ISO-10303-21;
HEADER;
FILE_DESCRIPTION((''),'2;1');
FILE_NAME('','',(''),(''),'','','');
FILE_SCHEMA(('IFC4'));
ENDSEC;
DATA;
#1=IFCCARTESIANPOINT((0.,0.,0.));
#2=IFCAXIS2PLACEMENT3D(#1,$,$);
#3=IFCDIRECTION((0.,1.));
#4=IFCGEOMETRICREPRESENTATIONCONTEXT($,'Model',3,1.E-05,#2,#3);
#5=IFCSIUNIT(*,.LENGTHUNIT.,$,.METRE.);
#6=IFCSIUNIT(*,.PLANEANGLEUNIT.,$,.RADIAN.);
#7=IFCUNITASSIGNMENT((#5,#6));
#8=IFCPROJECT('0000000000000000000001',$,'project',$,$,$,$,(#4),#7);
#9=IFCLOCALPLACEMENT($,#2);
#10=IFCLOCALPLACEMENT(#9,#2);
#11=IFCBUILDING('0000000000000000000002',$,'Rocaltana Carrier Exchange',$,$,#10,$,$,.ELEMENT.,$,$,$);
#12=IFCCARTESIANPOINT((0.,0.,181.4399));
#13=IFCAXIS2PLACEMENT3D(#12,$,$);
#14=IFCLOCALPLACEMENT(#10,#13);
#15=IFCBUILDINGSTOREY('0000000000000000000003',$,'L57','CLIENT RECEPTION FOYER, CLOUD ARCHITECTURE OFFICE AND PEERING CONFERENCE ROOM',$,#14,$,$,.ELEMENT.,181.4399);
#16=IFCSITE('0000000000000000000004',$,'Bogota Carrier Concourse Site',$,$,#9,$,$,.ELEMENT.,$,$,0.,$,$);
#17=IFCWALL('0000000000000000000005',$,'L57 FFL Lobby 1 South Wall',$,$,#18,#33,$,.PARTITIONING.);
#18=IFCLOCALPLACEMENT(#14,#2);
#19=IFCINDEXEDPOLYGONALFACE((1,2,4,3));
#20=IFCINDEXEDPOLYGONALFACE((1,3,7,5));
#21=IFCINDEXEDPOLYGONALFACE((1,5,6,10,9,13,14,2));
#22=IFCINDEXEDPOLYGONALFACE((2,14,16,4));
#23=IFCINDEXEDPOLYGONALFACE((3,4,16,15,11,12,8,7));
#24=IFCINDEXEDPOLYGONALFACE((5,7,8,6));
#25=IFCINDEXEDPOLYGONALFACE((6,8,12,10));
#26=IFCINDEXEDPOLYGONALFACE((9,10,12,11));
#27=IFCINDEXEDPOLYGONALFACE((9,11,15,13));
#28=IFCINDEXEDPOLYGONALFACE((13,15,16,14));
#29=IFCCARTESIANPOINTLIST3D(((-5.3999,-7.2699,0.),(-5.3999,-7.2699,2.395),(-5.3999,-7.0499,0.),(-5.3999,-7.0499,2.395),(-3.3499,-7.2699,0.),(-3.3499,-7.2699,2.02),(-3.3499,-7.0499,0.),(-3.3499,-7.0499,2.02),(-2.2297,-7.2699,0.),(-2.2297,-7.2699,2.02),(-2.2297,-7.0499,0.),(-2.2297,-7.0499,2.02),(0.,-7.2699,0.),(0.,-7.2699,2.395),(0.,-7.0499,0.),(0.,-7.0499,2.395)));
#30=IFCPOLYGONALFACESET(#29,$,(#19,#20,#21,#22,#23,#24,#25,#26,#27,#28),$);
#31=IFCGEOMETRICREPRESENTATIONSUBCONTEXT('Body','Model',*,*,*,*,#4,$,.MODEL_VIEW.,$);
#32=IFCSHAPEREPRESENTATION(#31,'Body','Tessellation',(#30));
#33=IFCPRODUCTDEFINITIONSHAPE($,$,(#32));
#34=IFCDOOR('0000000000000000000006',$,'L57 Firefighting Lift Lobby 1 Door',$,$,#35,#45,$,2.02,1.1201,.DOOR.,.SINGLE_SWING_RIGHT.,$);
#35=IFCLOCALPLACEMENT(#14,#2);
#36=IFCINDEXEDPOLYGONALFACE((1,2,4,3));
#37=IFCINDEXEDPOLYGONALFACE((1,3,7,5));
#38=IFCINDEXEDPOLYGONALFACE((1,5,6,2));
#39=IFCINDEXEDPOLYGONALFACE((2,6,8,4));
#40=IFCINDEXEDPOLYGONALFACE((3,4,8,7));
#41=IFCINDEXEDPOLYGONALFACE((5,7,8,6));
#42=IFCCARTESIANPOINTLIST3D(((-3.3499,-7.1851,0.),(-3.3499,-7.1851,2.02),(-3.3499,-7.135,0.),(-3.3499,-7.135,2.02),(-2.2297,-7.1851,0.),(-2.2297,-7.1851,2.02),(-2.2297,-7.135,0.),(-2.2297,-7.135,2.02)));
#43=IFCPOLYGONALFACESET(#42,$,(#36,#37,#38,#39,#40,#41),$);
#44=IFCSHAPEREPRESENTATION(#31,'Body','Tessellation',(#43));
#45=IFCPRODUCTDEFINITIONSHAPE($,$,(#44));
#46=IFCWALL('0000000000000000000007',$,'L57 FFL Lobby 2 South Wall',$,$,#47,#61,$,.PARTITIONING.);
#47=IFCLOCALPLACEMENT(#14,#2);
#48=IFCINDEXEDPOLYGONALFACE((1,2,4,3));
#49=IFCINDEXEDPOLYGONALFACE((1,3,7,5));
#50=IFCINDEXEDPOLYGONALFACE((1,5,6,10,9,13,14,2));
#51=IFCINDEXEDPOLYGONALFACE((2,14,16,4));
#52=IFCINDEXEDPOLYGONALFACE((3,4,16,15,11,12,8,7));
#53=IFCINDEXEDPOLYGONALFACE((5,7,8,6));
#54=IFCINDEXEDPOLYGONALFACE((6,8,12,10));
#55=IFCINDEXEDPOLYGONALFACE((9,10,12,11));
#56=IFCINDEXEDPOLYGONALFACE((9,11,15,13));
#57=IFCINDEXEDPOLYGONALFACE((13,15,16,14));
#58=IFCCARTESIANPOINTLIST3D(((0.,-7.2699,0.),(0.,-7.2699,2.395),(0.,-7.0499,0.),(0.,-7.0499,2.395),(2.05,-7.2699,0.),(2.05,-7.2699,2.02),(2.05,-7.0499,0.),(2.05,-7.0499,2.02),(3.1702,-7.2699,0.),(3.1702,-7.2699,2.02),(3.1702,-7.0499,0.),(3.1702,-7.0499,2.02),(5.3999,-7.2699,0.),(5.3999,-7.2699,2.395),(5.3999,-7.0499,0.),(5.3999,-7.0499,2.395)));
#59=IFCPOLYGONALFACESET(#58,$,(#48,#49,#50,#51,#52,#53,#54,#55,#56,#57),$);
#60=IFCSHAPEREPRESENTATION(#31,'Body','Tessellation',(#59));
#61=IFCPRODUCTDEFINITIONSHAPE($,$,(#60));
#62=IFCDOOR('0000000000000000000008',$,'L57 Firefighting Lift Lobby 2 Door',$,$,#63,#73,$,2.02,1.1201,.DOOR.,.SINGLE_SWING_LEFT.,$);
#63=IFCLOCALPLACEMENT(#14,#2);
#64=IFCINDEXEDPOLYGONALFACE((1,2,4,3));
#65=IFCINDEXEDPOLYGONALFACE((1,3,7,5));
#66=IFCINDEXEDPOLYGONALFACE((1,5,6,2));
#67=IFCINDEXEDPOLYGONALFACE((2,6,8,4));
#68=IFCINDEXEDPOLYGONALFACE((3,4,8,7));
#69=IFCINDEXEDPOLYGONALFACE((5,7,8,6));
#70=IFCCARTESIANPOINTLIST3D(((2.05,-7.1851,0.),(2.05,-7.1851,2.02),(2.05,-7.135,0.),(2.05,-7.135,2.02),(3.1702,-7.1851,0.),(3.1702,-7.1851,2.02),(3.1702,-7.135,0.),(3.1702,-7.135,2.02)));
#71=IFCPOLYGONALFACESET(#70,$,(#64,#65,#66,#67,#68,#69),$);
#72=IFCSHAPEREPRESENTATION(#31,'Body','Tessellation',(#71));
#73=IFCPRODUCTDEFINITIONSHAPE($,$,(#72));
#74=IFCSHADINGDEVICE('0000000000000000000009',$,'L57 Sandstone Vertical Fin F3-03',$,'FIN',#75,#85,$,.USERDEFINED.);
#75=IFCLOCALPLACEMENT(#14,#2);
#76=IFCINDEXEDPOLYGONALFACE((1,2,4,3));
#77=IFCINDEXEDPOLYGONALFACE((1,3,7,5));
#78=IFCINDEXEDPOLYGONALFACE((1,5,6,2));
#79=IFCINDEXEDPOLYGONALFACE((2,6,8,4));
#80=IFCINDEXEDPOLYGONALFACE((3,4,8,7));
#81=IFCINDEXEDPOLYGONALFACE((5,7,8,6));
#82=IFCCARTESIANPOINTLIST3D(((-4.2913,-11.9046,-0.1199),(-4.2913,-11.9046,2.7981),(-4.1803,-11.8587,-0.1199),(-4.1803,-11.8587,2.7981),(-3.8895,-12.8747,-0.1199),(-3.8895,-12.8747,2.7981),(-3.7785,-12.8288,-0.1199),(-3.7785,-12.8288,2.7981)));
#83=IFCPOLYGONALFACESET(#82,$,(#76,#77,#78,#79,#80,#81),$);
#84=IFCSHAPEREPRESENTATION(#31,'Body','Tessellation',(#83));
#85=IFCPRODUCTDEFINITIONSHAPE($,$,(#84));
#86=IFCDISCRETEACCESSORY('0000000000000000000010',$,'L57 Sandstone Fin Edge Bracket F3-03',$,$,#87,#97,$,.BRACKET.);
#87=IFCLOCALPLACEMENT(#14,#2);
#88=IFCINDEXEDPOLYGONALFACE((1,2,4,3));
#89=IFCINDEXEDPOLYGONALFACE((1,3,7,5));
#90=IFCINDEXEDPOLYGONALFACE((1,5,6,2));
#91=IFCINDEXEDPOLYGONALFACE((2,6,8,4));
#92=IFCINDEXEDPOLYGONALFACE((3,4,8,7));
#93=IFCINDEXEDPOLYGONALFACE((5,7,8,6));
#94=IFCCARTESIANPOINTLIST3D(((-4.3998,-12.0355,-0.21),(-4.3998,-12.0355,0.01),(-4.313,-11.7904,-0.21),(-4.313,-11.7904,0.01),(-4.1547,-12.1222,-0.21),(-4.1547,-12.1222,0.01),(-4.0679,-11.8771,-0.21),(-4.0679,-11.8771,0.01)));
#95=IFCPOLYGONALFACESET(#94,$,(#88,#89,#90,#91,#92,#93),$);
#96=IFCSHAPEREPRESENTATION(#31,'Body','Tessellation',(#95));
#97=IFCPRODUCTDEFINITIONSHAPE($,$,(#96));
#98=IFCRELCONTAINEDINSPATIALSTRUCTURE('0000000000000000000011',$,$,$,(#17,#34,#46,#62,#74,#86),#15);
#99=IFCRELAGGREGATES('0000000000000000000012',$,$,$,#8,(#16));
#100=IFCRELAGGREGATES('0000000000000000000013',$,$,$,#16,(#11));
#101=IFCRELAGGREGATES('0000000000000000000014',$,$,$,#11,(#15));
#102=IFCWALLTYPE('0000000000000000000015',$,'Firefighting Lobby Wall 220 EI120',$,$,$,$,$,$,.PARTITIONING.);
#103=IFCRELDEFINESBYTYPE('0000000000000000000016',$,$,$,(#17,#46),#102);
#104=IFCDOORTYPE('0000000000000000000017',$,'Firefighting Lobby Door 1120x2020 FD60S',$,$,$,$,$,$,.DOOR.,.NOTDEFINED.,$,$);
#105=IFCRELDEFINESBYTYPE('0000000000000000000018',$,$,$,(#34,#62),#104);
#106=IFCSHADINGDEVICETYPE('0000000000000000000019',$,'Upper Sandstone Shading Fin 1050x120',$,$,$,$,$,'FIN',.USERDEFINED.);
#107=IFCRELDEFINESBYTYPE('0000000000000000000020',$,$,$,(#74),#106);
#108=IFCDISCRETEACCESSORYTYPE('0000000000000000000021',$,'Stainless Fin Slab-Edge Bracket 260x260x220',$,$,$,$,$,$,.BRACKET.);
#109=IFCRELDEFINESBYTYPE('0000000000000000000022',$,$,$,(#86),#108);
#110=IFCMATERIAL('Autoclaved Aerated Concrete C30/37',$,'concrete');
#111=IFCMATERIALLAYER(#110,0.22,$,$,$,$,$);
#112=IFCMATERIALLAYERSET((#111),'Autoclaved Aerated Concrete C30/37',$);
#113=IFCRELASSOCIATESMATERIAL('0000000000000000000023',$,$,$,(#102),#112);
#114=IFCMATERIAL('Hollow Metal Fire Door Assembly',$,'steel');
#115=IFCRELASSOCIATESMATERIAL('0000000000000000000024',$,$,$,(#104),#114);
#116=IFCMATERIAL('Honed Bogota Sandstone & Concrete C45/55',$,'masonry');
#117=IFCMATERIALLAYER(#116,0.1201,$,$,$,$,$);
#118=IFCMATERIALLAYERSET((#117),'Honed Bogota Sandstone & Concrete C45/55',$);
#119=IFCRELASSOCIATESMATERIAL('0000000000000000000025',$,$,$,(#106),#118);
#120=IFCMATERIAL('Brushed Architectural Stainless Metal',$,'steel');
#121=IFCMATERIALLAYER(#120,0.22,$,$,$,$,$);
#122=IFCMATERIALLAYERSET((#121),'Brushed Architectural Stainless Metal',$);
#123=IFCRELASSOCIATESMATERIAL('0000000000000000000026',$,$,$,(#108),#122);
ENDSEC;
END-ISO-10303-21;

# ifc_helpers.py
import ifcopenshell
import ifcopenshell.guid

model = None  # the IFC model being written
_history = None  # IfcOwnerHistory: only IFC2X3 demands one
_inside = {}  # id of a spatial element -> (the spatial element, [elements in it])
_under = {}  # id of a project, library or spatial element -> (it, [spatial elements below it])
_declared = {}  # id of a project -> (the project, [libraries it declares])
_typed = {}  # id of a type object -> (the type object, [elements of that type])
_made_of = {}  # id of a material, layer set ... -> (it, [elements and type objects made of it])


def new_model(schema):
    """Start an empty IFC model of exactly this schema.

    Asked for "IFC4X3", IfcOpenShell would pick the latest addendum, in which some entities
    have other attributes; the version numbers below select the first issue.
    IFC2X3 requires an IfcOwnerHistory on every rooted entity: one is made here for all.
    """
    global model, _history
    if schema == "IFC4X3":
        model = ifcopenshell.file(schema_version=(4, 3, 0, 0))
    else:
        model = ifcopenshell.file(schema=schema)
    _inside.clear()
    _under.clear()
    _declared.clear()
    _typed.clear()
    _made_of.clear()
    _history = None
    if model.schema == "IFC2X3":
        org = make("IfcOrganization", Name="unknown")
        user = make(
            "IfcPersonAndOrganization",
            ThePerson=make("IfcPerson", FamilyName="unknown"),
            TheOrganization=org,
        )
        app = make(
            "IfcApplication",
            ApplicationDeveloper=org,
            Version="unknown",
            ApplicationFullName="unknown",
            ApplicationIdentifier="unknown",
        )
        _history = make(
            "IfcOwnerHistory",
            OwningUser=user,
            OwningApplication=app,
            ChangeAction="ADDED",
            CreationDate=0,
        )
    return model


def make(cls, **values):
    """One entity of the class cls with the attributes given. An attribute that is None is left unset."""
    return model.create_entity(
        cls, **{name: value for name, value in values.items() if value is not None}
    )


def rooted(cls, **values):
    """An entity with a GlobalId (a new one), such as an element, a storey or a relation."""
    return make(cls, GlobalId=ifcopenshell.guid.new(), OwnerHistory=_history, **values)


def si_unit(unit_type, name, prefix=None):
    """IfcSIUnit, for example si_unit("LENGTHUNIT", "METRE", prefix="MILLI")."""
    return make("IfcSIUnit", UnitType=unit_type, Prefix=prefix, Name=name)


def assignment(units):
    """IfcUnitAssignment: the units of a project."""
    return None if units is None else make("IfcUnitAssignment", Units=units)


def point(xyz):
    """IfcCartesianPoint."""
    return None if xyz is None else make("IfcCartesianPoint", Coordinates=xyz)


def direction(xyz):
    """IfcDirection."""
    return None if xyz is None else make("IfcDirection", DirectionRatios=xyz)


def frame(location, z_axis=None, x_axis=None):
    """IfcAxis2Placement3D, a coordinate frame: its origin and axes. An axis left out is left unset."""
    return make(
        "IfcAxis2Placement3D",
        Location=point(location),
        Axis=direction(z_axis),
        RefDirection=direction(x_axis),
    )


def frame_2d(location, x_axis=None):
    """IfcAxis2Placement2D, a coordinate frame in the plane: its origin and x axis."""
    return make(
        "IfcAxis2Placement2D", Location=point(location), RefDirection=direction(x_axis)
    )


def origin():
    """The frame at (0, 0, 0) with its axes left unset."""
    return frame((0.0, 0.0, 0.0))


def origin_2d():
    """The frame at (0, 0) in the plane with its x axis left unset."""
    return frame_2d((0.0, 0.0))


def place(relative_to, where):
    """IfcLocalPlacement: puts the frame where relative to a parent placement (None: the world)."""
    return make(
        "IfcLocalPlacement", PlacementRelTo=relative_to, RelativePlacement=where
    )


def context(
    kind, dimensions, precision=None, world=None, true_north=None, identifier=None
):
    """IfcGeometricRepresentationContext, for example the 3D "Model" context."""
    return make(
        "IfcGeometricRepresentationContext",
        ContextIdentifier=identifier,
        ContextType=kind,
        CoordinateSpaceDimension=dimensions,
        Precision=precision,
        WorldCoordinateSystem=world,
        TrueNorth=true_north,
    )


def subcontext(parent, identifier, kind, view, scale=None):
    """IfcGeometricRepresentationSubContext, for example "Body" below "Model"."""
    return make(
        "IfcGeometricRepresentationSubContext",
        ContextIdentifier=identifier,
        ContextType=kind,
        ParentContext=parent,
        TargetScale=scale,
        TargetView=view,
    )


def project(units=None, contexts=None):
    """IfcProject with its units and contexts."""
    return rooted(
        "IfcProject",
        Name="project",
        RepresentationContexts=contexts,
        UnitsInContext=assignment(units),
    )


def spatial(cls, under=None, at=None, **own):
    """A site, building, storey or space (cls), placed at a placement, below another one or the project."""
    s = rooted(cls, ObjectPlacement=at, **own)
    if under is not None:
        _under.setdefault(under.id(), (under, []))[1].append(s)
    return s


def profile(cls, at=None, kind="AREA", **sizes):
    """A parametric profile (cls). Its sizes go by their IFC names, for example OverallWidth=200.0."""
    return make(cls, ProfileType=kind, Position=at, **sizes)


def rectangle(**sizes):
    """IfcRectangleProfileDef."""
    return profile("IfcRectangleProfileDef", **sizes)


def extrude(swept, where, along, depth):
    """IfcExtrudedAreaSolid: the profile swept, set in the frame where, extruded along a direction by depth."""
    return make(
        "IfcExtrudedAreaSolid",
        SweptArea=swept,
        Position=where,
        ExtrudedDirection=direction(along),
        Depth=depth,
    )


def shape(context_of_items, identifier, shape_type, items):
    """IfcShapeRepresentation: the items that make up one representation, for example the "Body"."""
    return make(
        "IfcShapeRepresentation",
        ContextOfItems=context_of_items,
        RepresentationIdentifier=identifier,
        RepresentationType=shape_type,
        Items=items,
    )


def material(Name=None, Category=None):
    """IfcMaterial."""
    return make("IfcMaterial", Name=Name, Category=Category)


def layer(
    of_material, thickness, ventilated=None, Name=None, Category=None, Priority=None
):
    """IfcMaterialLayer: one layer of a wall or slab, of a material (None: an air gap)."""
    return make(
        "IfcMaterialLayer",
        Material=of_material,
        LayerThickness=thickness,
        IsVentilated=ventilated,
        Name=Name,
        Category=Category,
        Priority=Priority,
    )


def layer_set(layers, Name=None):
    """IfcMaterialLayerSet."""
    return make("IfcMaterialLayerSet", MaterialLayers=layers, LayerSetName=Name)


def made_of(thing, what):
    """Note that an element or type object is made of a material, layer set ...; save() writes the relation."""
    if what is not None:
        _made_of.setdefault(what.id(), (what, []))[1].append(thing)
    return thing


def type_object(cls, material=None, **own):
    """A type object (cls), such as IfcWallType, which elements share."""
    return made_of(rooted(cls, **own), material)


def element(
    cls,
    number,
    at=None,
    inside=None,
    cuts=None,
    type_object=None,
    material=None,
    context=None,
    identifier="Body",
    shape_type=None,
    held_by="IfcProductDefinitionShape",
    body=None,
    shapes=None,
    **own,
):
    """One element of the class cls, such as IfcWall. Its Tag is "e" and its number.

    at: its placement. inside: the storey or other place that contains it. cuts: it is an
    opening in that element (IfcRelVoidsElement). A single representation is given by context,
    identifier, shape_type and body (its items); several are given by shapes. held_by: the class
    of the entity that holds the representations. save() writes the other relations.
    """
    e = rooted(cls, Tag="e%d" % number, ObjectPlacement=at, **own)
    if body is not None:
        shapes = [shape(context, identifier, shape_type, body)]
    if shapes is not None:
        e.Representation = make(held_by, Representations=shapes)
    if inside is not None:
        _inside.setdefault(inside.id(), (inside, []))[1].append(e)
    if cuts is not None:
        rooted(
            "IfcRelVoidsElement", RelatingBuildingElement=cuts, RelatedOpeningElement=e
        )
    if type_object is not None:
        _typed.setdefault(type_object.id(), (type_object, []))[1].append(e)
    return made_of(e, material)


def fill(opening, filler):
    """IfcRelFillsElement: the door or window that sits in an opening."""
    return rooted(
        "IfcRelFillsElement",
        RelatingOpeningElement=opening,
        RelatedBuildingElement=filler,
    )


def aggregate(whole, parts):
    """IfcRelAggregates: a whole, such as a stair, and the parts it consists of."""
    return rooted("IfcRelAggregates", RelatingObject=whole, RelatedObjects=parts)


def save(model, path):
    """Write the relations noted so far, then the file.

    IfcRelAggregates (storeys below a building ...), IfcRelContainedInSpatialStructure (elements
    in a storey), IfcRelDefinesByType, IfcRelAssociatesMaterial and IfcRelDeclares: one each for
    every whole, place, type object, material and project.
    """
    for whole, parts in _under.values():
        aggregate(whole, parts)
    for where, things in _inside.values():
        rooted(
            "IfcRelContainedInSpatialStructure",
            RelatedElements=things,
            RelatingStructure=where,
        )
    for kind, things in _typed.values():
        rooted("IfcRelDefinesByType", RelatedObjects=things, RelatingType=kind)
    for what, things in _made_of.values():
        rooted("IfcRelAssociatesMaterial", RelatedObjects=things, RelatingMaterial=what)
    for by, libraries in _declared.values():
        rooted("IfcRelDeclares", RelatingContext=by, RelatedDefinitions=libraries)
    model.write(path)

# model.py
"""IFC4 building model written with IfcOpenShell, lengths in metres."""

from ifc_helpers import new_model, si_unit, direction, frame, frame_2d, origin, origin_2d, place, context, subcontext, project, spatial, rectangle, extrude, material, layer, layer_set, type_object, element, fill, save


model = new_model("IFC4")

# Units and contexts
model_context = context("Model", 3, precision=1e-05, world=origin(), true_north=direction((0.0, 1.0)))
body_context = subcontext(model_context, "Body", "Model", "MODEL_VIEW")
ifc_project = project(units=[si_unit("LENGTHUNIT", "METRE"), si_unit("PLANEANGLEUNIT", "RADIAN")], contexts=[model_context])

# Site, building, storey
site_placement = place(None, origin())
site = spatial("IfcSite", under=ifc_project, at=site_placement, Name="Bogota Carrier Concourse Site", CompositionType="ELEMENT", RefElevation=0.0)
building_placement = place(site_placement, origin())
building = spatial("IfcBuilding", under=site, at=building_placement, Name="Rocaltana Carrier Exchange", CompositionType="ELEMENT")
storey_placement = place(building_placement, frame((0.0, 0.0, 181.4399)))
storey = spatial("IfcBuildingStorey", under=building, at=storey_placement, Name="L57", Description="CLIENT RECEPTION FOYER, CLOUD ARCHITECTURE OFFICE AND PEERING CONFERENCE ROOM", CompositionType="ELEMENT", Elevation=181.4399)

# Shared definitions
ifc_material_1 = material(Name="Autoclaved Aerated Concrete C30/37", Category="concrete")
ifc_layer_1 = layer(ifc_material_1, 0.22)
ifc_layer_set_1 = layer_set([ifc_layer_1], Name="Autoclaved Aerated Concrete C30/37")
wall_type_1 = type_object("IfcWallType", Name="Firefighting Lobby Wall 220 EI120", PredefinedType="PARTITIONING", material=ifc_layer_set_1)

# Walls, openings, doors
wall_1_placement = place(storey_placement, frame((-5.3999, -7.1599, 0.0), z_axis=(0.0, 0.0, 1.0), x_axis=(1.0, 0.0, 0.0)))
wall_1 = element("IfcWall", 1, at=wall_1_placement, inside=storey, type_object=wall_type_1, Name="L57 FFL Lobby 1 South Wall", PredefinedType="PARTITIONING", context=body_context, shape_type="SweptSolid", body=[
    extrude(rectangle(XDim=5.3999, YDim=0.22, at=frame_2d((2.7, 0.0))), origin(), (0.0, 0.0, 1.0), 2.395),
])
opening_1_placement = place(wall_1_placement, frame((2.05, 0.0, 0.0)))
opening_1 = element("IfcOpeningElement", 2, at=opening_1_placement, cuts=wall_1, PredefinedType="OPENING", context=body_context, shape_type="SweptSolid", body=[
    extrude(rectangle(XDim=1.1201, YDim=2.02, at=frame_2d((0.5601, 1.01))), frame((0.0, 0.1199, 0.0), z_axis=(0.0, -1.0, 0.0), x_axis=(1.0, 0.0, 0.0)), (0.0, 0.0, 1.0), 0.24),
])
ifc_material_2 = material(Name="Hollow Metal Fire Door Assembly", Category="steel")
door_type = type_object("IfcDoorType", Name="Firefighting Lobby Door 1120x2020 FD60S", OperationType="NOTDEFINED", PredefinedType="DOOR", material=ifc_material_2)
door_1_placement = place(opening_1_placement, origin())
door_1 = element("IfcDoor", 3, at=door_1_placement, inside=storey, type_object=door_type, Name="L57 Firefighting Lift Lobby 1 Door", OperationType="SINGLE_SWING_RIGHT", OverallHeight=2.02, OverallWidth=1.1201, PredefinedType="DOOR", context=body_context, shape_type="SweptSolid", body=[
    extrude(rectangle(XDim=1.1201, YDim=2.02, at=frame_2d((0.5601, 1.01))), frame((0.0, 0.0249, 0.0), z_axis=(0.0, -1.0, 0.0), x_axis=(1.0, 0.0, 0.0)), (0.0, 0.0, 1.0), 0.05),
])
fill(opening_1, door_1)
wall_2_placement = place(storey_placement, frame((0.0, -7.1599, 0.0), z_axis=(0.0, 0.0, 1.0), x_axis=(1.0, 0.0, 0.0)))
wall_2 = element("IfcWall", 4, at=wall_2_placement, inside=storey, type_object=wall_type_1, Name="L57 FFL Lobby 2 South Wall", PredefinedType="PARTITIONING", context=body_context, shape_type="SweptSolid", body=[
    extrude(rectangle(XDim=5.3999, YDim=0.22, at=frame_2d((2.7, 0.0))), origin(), (0.0, 0.0, 1.0), 2.395),
])
opening_2_placement = place(wall_2_placement, frame((2.05, 0.0, 0.0)))
opening_2 = element("IfcOpeningElement", 5, at=opening_2_placement, cuts=wall_2, PredefinedType="OPENING", context=body_context, shape_type="SweptSolid", body=[
    extrude(rectangle(XDim=1.1201, YDim=2.02, at=frame_2d((0.5601, 1.01))), frame((0.0, 0.1199, 0.0), z_axis=(0.0, -1.0, 0.0), x_axis=(1.0, 0.0, 0.0)), (0.0, 0.0, 1.0), 0.24),
])
door_2_placement = place(opening_2_placement, origin())
door_2 = element("IfcDoor", 6, at=door_2_placement, inside=storey, type_object=door_type, Name="L57 Firefighting Lift Lobby 2 Door", OperationType="SINGLE_SWING_LEFT", OverallHeight=2.02, OverallWidth=1.1201, PredefinedType="DOOR", context=body_context, shape_type="SweptSolid", body=[
    extrude(rectangle(XDim=1.1201, YDim=2.02, at=frame_2d((0.5601, 1.01))), frame((0.0, 0.0249, 0.0), z_axis=(0.0, -1.0, 0.0), x_axis=(1.0, 0.0, 0.0)), (0.0, 0.0, 1.0), 0.05),
])
fill(opening_2, door_2)

# Shading device
ifc_material_3 = material(Name="Honed Bogota Sandstone & Concrete C45/55", Category="masonry")
ifc_layer_2 = layer(ifc_material_3, 0.1201)
ifc_layer_set_2 = layer_set([ifc_layer_2], Name="Honed Bogota Sandstone & Concrete C45/55")
shading_device_type = type_object("IfcShadingDeviceType", Name="Upper Sandstone Shading Fin 1050x120", ElementType="FIN", PredefinedType="USERDEFINED", material=ifc_layer_set_2)
shading_device_placement = place(storey_placement, frame((-4.0349, -12.3667, -0.1199), z_axis=(0.0, 0.0, 1.0), x_axis=(0.382683, -0.92388, 0.0)))
element("IfcShadingDevice", 7, at=shading_device_placement, inside=storey, type_object=shading_device_type, Name="L57 Sandstone Vertical Fin F3-03", ObjectType="FIN", PredefinedType="USERDEFINED", context=body_context, shape_type="SweptSolid", body=[
    extrude(rectangle(XDim=1.05, YDim=0.1201, at=origin_2d()), origin(), (0.0, 0.0, 1.0), 2.918),
])

# Discrete accessory
ifc_material_4 = material(Name="Brushed Architectural Stainless Metal", Category="steel")
ifc_layer_3 = layer(ifc_material_4, 0.22)
ifc_layer_set_3 = layer_set([ifc_layer_3], Name="Brushed Architectural Stainless Metal")
discrete_accessory_type = type_object("IfcDiscreteAccessoryType", Name="Stainless Fin Slab-Edge Bracket 260x260x220", PredefinedType="BRACKET", material=ifc_layer_set_3)
discrete_accessory_placement = place(storey_placement, frame((-4.2339, -11.9563, -0.21), z_axis=(0.0, 0.0, 1.0), x_axis=(0.942641, -0.333807, 0.0)))
element("IfcDiscreteAccessory", 8, at=discrete_accessory_placement, inside=storey, type_object=discrete_accessory_type, Name="L57 Sandstone Fin Edge Bracket F3-03", PredefinedType="BRACKET", context=body_context, shape_type="SweptSolid", body=[
    extrude(rectangle(XDim=0.26, YDim=0.26, at=origin_2d()), origin(), (0.0, 0.0, 1.0), 0.22),
])

save(model, "model.ifc")
